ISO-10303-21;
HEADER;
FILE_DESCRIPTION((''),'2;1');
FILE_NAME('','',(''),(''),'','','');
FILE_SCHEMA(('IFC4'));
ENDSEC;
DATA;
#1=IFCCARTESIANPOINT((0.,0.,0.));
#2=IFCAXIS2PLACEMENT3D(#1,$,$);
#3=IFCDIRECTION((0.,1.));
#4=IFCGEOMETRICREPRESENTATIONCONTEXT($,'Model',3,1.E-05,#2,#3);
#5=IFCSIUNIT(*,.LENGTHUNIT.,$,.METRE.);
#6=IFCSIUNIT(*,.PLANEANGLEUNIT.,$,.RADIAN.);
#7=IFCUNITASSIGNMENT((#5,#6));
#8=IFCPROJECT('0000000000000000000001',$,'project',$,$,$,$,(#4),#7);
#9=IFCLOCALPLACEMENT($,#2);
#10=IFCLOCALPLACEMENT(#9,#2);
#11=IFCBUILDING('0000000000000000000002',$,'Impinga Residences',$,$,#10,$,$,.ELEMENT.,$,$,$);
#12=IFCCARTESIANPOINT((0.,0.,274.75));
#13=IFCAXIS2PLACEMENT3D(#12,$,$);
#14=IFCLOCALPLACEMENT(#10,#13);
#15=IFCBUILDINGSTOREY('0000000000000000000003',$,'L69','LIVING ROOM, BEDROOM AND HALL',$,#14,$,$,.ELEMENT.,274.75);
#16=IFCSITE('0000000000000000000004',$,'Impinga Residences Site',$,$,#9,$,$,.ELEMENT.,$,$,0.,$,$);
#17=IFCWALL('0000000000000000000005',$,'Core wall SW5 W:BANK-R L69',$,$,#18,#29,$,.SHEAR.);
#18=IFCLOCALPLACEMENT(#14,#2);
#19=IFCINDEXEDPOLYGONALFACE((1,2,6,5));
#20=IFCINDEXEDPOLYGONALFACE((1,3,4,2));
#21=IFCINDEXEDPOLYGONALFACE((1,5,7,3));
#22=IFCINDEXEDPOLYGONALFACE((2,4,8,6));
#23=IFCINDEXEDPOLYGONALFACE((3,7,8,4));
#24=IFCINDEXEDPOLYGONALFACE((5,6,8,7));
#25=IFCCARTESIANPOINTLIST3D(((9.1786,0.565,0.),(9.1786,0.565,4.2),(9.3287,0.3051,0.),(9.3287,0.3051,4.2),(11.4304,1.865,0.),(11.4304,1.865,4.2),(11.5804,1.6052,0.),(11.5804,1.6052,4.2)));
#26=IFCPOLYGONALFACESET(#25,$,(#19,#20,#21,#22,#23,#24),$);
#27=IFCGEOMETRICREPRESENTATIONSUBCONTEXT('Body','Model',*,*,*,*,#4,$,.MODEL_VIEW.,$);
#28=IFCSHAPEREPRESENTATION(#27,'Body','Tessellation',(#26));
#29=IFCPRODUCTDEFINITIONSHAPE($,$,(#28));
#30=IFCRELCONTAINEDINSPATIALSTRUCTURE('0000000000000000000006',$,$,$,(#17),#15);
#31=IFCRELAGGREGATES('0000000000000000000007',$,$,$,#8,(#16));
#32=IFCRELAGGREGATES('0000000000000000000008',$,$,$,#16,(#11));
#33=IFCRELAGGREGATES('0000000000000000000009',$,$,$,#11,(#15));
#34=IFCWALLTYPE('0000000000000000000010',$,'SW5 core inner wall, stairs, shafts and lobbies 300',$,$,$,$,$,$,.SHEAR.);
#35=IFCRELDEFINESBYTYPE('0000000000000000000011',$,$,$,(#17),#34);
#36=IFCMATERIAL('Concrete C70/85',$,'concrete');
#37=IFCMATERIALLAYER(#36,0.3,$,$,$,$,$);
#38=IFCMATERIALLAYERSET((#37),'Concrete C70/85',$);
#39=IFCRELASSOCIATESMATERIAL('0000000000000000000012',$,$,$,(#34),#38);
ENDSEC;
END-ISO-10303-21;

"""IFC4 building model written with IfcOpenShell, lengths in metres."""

from ifc_helpers import new_model, si_unit, direction, frame, frame_2d, origin, place, context, subcontext, project, spatial, rectangle, extrude, material, layer, layer_set, type_object, element, save


model = new_model("IFC4")

# Units and contexts
model_context = context("Model", 3, precision=1e-05, world=origin(), true_north=direction((0.0, 1.0)))
body_context = subcontext(model_context, "Body", "Model", "MODEL_VIEW")
ifc_project = project(units=[si_unit("LENGTHUNIT", "METRE"), si_unit("PLANEANGLEUNIT", "RADIAN")], contexts=[model_context])

# Site, building, storey
site_placement = place(None, origin())
site = spatial("IfcSite", under=ifc_project, at=site_placement, Name="Impinga Residences Site", CompositionType="ELEMENT", RefElevation=0.0)
building_placement = place(site_placement, origin())
building = spatial("IfcBuilding", under=site, at=building_placement, Name="Impinga Residences", CompositionType="ELEMENT")
storey_placement = place(building_placement, frame((0.0, 0.0, 274.75)))
storey = spatial("IfcBuildingStorey", under=building, at=storey_placement, Name="L69", Description="LIVING ROOM, BEDROOM AND HALL", CompositionType="ELEMENT", Elevation=274.75)

# Wall
ifc_material_1 = material(Name="Concrete C70/85", Category="concrete")
ifc_layer_1 = layer(ifc_material_1, 0.3)
ifc_layer_set_1 = layer_set([ifc_layer_1], Name="Concrete C70/85")
wall_type_1 = type_object("IfcWallType", Name="SW5 core inner wall, stairs, shafts and lobbies 300", PredefinedType="SHEAR", material=ifc_layer_set_1)
wall_1_placement = place(storey_placement, frame((9.2537, 0.4351, 0.0), z_axis=(0.0, 0.0, 1.0), x_axis=(0.866021, 0.500007, 0.0)))
element("IfcWall", 1, at=wall_1_placement, inside=storey, type_object=wall_type_1, Name="Core wall SW5 W:BANK-R L69", PredefinedType="SHEAR", context=body_context, shape_type="SweptSolid", body=[
    extrude(rectangle(XDim=2.6001, YDim=0.3, at=frame_2d((1.3, 0.0))), origin(), (0.0, 0.0, 1.0), 4.2),
])

save(model, "model.ifc")
